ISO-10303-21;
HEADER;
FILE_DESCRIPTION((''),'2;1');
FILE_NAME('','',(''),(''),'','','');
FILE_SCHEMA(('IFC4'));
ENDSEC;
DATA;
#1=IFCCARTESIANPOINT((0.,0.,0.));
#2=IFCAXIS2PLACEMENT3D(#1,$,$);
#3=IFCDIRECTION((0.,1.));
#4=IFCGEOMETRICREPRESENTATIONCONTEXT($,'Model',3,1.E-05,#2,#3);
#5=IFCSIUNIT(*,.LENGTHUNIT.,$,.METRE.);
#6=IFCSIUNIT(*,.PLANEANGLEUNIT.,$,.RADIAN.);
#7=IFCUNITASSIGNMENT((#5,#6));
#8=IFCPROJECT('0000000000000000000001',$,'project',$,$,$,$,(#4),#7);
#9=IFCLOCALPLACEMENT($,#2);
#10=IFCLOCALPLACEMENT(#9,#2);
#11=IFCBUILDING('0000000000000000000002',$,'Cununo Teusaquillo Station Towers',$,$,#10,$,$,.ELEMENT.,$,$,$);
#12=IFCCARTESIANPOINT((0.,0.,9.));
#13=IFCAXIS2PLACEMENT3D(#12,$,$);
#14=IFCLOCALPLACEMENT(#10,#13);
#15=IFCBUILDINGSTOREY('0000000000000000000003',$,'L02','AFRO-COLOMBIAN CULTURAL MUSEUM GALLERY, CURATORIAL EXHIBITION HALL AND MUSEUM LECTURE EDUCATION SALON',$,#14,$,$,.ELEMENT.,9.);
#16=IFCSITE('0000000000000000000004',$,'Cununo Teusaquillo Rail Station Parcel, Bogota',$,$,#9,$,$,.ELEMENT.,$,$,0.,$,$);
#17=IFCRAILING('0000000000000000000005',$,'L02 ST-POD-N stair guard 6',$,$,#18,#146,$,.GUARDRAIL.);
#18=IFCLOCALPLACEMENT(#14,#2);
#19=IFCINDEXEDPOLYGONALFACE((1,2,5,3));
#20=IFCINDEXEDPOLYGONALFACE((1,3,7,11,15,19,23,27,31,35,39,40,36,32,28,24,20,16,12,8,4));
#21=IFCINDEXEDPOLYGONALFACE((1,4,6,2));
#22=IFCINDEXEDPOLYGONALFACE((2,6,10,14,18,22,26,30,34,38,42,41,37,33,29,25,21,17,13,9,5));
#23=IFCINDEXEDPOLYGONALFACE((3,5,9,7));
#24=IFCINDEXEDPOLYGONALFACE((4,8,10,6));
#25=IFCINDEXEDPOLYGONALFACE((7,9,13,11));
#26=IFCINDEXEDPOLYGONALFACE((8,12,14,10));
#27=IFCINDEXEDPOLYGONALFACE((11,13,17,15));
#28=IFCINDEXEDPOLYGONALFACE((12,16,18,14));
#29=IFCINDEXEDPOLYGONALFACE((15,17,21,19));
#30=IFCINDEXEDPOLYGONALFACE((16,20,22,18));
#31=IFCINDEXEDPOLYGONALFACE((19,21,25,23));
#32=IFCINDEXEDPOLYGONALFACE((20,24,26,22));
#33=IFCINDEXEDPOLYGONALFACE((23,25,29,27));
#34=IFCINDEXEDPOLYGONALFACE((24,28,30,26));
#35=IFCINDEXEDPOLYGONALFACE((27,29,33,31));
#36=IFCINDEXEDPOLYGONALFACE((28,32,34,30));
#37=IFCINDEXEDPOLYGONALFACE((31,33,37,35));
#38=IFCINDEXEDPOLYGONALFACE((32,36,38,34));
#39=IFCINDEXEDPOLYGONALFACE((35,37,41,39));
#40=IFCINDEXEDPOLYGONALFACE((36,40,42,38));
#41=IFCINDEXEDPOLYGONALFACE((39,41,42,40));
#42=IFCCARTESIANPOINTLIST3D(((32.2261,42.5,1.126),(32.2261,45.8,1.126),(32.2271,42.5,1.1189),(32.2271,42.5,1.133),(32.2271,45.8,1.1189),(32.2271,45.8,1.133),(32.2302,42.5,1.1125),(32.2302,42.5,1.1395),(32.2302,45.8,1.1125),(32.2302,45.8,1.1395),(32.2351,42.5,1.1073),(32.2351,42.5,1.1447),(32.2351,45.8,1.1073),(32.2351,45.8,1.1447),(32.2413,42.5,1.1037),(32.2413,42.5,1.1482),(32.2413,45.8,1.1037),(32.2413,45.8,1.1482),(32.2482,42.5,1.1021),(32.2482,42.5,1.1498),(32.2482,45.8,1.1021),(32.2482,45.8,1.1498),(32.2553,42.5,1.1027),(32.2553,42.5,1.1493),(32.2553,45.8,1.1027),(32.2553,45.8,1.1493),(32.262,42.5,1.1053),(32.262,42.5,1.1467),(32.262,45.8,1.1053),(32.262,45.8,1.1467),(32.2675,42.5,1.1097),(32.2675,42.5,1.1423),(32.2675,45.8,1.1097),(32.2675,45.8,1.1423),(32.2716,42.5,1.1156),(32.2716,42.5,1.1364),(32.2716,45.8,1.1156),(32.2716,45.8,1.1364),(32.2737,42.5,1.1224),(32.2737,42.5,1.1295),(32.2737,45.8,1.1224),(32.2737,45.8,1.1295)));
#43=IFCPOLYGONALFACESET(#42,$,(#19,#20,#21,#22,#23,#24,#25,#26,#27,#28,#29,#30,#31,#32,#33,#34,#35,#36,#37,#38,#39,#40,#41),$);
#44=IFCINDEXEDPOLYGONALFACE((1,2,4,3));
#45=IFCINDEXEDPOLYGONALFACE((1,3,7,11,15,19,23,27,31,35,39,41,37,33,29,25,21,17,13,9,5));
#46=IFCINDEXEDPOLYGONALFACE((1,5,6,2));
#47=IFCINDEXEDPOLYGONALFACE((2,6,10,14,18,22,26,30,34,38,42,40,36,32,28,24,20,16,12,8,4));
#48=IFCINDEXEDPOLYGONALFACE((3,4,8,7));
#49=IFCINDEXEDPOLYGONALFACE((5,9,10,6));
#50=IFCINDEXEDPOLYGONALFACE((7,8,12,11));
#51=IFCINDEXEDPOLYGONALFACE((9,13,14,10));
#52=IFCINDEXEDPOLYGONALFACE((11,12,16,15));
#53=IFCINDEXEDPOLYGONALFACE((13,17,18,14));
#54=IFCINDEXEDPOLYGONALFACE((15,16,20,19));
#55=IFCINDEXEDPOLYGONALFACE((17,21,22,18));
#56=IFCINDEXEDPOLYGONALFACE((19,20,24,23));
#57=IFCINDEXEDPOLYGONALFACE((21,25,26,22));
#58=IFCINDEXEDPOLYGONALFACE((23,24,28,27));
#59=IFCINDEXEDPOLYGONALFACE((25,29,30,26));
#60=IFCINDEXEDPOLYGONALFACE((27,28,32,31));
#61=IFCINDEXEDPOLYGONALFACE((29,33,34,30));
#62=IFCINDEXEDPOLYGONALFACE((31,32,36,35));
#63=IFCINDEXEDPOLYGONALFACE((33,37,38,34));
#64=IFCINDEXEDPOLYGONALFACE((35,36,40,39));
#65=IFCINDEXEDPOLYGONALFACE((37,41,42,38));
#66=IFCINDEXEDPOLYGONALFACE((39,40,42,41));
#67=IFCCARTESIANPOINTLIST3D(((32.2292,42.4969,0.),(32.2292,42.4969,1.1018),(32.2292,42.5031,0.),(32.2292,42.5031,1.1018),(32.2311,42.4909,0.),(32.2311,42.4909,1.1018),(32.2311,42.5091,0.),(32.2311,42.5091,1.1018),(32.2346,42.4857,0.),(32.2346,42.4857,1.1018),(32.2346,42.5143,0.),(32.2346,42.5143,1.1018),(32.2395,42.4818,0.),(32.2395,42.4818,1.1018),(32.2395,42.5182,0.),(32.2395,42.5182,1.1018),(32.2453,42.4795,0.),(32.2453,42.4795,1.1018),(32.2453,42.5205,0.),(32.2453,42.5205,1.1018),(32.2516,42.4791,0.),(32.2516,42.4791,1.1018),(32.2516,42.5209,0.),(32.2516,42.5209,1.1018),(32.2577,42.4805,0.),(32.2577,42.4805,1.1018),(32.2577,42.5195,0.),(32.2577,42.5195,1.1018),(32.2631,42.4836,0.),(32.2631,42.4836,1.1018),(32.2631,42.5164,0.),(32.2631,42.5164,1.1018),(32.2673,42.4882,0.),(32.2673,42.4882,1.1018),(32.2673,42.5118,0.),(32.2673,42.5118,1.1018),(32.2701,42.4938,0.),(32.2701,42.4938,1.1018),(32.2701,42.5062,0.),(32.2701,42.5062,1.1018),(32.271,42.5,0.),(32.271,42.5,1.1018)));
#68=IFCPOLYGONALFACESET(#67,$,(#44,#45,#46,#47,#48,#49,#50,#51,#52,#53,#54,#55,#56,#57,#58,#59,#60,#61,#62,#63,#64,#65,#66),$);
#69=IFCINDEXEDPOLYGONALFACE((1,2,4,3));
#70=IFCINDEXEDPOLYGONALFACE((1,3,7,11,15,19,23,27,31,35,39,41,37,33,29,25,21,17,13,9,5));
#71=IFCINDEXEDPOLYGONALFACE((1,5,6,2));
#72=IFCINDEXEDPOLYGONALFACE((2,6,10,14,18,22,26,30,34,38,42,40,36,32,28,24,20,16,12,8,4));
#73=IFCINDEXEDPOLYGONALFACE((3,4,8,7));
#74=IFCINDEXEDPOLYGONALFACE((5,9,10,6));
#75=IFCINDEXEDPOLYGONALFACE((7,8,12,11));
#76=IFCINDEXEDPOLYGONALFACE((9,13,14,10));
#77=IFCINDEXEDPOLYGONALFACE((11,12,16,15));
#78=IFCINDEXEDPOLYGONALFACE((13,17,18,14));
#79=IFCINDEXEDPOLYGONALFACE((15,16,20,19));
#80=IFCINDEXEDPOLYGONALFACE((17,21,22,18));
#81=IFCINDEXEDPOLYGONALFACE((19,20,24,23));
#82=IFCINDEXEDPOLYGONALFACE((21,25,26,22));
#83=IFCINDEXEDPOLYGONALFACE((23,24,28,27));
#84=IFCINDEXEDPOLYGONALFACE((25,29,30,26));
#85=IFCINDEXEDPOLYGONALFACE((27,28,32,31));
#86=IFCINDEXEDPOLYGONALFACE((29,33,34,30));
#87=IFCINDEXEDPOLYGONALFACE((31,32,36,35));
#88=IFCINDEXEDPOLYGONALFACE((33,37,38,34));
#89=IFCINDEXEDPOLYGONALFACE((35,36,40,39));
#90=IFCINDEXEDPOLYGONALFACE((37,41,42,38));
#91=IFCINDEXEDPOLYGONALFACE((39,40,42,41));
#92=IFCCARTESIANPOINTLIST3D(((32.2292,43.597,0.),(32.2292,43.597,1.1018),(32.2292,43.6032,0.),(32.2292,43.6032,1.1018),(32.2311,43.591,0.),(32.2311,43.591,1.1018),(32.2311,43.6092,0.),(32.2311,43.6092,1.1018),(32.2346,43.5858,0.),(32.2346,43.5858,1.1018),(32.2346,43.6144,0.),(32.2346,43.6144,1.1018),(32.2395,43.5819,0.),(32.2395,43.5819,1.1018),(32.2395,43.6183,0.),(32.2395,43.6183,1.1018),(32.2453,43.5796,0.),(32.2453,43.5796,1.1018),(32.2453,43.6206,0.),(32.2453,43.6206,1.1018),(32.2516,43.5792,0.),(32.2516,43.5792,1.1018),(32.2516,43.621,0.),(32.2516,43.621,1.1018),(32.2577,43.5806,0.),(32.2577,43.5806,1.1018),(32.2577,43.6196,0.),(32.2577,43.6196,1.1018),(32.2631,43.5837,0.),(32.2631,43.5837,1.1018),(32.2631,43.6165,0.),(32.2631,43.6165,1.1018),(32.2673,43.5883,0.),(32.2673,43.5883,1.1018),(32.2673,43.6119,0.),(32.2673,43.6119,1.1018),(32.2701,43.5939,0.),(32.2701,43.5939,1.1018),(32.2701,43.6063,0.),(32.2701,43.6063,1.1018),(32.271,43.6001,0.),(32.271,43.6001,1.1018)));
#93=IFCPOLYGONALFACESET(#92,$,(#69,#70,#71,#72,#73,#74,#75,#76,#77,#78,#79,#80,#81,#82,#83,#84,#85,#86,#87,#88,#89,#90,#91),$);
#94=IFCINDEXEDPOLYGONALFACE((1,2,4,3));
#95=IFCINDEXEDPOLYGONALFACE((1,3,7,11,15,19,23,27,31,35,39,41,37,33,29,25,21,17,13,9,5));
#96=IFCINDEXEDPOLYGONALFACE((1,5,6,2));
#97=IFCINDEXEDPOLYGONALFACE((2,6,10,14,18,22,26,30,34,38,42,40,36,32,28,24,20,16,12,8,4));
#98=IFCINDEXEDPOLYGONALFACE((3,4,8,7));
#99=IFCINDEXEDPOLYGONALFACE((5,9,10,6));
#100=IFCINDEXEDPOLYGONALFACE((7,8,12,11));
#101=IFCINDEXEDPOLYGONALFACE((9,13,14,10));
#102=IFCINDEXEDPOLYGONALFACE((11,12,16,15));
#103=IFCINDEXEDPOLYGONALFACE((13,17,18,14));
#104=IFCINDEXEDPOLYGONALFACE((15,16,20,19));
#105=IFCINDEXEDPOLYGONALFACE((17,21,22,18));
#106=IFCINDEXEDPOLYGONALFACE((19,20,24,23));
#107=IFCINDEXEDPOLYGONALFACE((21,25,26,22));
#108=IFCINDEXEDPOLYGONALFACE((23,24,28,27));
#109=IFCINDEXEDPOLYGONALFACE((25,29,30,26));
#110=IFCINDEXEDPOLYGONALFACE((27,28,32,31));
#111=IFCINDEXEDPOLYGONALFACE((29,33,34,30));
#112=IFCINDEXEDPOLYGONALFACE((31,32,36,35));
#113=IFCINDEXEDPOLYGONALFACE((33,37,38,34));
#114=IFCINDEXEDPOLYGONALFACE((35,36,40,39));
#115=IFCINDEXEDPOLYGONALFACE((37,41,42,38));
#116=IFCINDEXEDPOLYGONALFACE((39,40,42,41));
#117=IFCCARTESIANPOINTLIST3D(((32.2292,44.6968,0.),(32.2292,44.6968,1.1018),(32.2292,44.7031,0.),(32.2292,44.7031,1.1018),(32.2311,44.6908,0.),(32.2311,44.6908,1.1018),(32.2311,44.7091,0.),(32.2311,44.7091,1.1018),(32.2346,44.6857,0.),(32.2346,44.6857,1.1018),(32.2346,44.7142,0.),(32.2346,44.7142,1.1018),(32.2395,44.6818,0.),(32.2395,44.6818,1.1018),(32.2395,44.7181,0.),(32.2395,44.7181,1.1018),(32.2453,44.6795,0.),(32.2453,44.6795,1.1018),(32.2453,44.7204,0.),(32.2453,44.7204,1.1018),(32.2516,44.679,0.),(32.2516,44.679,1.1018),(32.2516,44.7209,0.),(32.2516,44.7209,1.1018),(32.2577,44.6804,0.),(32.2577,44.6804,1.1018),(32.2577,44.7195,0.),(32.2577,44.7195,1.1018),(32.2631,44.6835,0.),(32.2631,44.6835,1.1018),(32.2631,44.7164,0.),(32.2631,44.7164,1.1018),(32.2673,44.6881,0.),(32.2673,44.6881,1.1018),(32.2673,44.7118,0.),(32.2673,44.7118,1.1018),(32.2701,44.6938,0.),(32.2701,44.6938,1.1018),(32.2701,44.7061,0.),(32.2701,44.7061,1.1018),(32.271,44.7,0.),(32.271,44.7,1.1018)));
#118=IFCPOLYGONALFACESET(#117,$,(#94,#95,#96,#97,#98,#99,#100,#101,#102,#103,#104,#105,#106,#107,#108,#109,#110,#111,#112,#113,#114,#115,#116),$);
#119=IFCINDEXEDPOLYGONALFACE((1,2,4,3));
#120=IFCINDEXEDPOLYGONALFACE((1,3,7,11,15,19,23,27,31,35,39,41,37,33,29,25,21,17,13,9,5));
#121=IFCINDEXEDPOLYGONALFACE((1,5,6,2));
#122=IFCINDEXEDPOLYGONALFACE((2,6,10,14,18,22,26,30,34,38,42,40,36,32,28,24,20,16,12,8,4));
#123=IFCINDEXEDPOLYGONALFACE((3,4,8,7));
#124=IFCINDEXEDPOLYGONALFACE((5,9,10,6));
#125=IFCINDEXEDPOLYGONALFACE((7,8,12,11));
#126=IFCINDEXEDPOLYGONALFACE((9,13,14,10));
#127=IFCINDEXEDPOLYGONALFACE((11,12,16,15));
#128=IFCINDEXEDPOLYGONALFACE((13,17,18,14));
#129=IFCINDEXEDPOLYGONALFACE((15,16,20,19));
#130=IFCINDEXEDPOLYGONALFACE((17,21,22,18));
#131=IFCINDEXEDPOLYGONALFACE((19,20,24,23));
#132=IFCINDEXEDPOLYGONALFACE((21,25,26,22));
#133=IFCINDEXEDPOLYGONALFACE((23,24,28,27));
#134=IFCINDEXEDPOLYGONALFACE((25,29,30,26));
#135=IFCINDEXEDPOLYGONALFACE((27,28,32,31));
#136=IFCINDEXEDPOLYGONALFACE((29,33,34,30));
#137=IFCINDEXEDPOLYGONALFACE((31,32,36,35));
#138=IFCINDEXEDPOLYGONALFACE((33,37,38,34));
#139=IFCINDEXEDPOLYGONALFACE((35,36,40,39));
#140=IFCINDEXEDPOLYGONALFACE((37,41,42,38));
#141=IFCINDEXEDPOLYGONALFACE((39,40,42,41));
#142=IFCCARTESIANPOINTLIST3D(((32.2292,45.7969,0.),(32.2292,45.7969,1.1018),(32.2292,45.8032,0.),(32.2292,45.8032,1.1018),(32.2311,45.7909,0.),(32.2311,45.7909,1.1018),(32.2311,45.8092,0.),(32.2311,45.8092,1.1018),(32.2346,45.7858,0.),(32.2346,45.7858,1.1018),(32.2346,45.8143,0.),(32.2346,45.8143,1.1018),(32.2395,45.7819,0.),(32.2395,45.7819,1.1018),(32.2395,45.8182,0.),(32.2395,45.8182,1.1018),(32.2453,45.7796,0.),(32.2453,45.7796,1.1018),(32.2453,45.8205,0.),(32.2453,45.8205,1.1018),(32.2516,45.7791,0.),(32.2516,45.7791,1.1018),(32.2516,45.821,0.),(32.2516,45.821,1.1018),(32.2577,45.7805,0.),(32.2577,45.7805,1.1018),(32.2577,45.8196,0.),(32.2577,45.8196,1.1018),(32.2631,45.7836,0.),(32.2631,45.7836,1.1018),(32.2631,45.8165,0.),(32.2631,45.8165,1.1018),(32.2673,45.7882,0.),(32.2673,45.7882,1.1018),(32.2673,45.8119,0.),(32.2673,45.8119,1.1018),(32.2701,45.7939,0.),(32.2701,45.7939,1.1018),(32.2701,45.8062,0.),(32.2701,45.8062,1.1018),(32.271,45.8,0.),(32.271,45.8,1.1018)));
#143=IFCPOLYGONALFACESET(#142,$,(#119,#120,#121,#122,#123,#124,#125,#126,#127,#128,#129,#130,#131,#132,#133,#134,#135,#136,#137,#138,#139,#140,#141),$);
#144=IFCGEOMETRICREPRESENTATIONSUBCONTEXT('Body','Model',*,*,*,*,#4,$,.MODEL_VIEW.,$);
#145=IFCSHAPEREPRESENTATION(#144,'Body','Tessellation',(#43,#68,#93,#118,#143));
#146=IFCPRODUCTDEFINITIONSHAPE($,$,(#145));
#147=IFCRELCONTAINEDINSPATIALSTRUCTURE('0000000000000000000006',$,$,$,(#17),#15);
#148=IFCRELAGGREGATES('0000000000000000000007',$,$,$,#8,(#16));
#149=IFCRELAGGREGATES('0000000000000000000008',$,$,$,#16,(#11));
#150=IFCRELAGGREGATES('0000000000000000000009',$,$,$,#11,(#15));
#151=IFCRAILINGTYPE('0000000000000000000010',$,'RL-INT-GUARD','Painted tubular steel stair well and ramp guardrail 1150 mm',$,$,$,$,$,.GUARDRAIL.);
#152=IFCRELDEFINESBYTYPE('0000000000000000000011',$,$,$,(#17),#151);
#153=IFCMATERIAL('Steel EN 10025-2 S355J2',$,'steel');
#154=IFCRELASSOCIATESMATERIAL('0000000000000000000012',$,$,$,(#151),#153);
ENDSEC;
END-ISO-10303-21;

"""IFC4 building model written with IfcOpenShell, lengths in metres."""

from ifc_helpers import new_model, si_unit, direction, frame, origin, origin_2d, place, context, subcontext, project, spatial, circle, extrude, material, type_object, element, save


model = new_model("IFC4")

# Units and contexts
model_context = context("Model", 3, precision=1e-05, world=origin(), true_north=direction((0.0, 1.0)))
body_context = subcontext(model_context, "Body", "Model", "MODEL_VIEW")
ifc_project = project(units=[si_unit("LENGTHUNIT", "METRE"), si_unit("PLANEANGLEUNIT", "RADIAN")], contexts=[model_context])

# Site, building, storey
site_placement = place(None, origin())
site = spatial("IfcSite", under=ifc_project, at=site_placement, Name="Cununo Teusaquillo Rail Station Parcel, Bogota", CompositionType="ELEMENT", RefElevation=0.0)
building_placement = place(site_placement, origin())
building = spatial("IfcBuilding", under=site, at=building_placement, Name="Cununo Teusaquillo Station Towers", CompositionType="ELEMENT")
storey_placement = place(building_placement, frame((0.0, 0.0, 9.0)))
storey = spatial("IfcBuildingStorey", under=building, at=storey_placement, Name="L02", Description="AFRO-COLOMBIAN CULTURAL MUSEUM GALLERY, CURATORIAL EXHIBITION HALL AND MUSEUM LECTURE EDUCATION SALON", CompositionType="ELEMENT", Elevation=9.0)

# Railing
ifc_material_1 = material(Name="Steel EN 10025-2 S355J2", Category="steel")
railing_type_1 = type_object("IfcRailingType", Name="RL-INT-GUARD", Description="Painted tubular steel stair well and ramp guardrail 1150 mm", PredefinedType="GUARDRAIL", material=ifc_material_1)
railing_1_placement = place(storey_placement, frame((32.25, 42.5, 0.0)))
element("IfcRailing", 1, at=railing_1_placement, inside=storey, type_object=railing_type_1, Name="L02 ST-POD-N stair guard 6", PredefinedType="GUARDRAIL", context=body_context, shape_type="SweptSolid", body=[
    extrude(circle(Radius=0.0239, at=origin_2d()), frame((0.0, 0.0, 1.126), z_axis=(0.0, 1.0, 0.0), x_axis=(-1.0, 0.0, 0.0)), (0.0, 0.0, 1.0), 3.3),
    extrude(circle(Radius=0.021, at=origin_2d()), origin(), (0.0, 0.0, 1.0), 1.1018),
    extrude(circle(Radius=0.021, at=origin_2d()), frame((0.0, 1.1001, 0.0)), (0.0, 0.0, 1.0), 1.1018),
    extrude(circle(Radius=0.021, at=origin_2d()), frame((0.0, 2.2, 0.0)), (0.0, 0.0, 1.0), 1.1018),
    extrude(circle(Radius=0.021, at=origin_2d()), frame((0.0, 3.3, 0.0)), (0.0, 0.0, 1.0), 1.1018),
])

save(model, "model.ifc")
